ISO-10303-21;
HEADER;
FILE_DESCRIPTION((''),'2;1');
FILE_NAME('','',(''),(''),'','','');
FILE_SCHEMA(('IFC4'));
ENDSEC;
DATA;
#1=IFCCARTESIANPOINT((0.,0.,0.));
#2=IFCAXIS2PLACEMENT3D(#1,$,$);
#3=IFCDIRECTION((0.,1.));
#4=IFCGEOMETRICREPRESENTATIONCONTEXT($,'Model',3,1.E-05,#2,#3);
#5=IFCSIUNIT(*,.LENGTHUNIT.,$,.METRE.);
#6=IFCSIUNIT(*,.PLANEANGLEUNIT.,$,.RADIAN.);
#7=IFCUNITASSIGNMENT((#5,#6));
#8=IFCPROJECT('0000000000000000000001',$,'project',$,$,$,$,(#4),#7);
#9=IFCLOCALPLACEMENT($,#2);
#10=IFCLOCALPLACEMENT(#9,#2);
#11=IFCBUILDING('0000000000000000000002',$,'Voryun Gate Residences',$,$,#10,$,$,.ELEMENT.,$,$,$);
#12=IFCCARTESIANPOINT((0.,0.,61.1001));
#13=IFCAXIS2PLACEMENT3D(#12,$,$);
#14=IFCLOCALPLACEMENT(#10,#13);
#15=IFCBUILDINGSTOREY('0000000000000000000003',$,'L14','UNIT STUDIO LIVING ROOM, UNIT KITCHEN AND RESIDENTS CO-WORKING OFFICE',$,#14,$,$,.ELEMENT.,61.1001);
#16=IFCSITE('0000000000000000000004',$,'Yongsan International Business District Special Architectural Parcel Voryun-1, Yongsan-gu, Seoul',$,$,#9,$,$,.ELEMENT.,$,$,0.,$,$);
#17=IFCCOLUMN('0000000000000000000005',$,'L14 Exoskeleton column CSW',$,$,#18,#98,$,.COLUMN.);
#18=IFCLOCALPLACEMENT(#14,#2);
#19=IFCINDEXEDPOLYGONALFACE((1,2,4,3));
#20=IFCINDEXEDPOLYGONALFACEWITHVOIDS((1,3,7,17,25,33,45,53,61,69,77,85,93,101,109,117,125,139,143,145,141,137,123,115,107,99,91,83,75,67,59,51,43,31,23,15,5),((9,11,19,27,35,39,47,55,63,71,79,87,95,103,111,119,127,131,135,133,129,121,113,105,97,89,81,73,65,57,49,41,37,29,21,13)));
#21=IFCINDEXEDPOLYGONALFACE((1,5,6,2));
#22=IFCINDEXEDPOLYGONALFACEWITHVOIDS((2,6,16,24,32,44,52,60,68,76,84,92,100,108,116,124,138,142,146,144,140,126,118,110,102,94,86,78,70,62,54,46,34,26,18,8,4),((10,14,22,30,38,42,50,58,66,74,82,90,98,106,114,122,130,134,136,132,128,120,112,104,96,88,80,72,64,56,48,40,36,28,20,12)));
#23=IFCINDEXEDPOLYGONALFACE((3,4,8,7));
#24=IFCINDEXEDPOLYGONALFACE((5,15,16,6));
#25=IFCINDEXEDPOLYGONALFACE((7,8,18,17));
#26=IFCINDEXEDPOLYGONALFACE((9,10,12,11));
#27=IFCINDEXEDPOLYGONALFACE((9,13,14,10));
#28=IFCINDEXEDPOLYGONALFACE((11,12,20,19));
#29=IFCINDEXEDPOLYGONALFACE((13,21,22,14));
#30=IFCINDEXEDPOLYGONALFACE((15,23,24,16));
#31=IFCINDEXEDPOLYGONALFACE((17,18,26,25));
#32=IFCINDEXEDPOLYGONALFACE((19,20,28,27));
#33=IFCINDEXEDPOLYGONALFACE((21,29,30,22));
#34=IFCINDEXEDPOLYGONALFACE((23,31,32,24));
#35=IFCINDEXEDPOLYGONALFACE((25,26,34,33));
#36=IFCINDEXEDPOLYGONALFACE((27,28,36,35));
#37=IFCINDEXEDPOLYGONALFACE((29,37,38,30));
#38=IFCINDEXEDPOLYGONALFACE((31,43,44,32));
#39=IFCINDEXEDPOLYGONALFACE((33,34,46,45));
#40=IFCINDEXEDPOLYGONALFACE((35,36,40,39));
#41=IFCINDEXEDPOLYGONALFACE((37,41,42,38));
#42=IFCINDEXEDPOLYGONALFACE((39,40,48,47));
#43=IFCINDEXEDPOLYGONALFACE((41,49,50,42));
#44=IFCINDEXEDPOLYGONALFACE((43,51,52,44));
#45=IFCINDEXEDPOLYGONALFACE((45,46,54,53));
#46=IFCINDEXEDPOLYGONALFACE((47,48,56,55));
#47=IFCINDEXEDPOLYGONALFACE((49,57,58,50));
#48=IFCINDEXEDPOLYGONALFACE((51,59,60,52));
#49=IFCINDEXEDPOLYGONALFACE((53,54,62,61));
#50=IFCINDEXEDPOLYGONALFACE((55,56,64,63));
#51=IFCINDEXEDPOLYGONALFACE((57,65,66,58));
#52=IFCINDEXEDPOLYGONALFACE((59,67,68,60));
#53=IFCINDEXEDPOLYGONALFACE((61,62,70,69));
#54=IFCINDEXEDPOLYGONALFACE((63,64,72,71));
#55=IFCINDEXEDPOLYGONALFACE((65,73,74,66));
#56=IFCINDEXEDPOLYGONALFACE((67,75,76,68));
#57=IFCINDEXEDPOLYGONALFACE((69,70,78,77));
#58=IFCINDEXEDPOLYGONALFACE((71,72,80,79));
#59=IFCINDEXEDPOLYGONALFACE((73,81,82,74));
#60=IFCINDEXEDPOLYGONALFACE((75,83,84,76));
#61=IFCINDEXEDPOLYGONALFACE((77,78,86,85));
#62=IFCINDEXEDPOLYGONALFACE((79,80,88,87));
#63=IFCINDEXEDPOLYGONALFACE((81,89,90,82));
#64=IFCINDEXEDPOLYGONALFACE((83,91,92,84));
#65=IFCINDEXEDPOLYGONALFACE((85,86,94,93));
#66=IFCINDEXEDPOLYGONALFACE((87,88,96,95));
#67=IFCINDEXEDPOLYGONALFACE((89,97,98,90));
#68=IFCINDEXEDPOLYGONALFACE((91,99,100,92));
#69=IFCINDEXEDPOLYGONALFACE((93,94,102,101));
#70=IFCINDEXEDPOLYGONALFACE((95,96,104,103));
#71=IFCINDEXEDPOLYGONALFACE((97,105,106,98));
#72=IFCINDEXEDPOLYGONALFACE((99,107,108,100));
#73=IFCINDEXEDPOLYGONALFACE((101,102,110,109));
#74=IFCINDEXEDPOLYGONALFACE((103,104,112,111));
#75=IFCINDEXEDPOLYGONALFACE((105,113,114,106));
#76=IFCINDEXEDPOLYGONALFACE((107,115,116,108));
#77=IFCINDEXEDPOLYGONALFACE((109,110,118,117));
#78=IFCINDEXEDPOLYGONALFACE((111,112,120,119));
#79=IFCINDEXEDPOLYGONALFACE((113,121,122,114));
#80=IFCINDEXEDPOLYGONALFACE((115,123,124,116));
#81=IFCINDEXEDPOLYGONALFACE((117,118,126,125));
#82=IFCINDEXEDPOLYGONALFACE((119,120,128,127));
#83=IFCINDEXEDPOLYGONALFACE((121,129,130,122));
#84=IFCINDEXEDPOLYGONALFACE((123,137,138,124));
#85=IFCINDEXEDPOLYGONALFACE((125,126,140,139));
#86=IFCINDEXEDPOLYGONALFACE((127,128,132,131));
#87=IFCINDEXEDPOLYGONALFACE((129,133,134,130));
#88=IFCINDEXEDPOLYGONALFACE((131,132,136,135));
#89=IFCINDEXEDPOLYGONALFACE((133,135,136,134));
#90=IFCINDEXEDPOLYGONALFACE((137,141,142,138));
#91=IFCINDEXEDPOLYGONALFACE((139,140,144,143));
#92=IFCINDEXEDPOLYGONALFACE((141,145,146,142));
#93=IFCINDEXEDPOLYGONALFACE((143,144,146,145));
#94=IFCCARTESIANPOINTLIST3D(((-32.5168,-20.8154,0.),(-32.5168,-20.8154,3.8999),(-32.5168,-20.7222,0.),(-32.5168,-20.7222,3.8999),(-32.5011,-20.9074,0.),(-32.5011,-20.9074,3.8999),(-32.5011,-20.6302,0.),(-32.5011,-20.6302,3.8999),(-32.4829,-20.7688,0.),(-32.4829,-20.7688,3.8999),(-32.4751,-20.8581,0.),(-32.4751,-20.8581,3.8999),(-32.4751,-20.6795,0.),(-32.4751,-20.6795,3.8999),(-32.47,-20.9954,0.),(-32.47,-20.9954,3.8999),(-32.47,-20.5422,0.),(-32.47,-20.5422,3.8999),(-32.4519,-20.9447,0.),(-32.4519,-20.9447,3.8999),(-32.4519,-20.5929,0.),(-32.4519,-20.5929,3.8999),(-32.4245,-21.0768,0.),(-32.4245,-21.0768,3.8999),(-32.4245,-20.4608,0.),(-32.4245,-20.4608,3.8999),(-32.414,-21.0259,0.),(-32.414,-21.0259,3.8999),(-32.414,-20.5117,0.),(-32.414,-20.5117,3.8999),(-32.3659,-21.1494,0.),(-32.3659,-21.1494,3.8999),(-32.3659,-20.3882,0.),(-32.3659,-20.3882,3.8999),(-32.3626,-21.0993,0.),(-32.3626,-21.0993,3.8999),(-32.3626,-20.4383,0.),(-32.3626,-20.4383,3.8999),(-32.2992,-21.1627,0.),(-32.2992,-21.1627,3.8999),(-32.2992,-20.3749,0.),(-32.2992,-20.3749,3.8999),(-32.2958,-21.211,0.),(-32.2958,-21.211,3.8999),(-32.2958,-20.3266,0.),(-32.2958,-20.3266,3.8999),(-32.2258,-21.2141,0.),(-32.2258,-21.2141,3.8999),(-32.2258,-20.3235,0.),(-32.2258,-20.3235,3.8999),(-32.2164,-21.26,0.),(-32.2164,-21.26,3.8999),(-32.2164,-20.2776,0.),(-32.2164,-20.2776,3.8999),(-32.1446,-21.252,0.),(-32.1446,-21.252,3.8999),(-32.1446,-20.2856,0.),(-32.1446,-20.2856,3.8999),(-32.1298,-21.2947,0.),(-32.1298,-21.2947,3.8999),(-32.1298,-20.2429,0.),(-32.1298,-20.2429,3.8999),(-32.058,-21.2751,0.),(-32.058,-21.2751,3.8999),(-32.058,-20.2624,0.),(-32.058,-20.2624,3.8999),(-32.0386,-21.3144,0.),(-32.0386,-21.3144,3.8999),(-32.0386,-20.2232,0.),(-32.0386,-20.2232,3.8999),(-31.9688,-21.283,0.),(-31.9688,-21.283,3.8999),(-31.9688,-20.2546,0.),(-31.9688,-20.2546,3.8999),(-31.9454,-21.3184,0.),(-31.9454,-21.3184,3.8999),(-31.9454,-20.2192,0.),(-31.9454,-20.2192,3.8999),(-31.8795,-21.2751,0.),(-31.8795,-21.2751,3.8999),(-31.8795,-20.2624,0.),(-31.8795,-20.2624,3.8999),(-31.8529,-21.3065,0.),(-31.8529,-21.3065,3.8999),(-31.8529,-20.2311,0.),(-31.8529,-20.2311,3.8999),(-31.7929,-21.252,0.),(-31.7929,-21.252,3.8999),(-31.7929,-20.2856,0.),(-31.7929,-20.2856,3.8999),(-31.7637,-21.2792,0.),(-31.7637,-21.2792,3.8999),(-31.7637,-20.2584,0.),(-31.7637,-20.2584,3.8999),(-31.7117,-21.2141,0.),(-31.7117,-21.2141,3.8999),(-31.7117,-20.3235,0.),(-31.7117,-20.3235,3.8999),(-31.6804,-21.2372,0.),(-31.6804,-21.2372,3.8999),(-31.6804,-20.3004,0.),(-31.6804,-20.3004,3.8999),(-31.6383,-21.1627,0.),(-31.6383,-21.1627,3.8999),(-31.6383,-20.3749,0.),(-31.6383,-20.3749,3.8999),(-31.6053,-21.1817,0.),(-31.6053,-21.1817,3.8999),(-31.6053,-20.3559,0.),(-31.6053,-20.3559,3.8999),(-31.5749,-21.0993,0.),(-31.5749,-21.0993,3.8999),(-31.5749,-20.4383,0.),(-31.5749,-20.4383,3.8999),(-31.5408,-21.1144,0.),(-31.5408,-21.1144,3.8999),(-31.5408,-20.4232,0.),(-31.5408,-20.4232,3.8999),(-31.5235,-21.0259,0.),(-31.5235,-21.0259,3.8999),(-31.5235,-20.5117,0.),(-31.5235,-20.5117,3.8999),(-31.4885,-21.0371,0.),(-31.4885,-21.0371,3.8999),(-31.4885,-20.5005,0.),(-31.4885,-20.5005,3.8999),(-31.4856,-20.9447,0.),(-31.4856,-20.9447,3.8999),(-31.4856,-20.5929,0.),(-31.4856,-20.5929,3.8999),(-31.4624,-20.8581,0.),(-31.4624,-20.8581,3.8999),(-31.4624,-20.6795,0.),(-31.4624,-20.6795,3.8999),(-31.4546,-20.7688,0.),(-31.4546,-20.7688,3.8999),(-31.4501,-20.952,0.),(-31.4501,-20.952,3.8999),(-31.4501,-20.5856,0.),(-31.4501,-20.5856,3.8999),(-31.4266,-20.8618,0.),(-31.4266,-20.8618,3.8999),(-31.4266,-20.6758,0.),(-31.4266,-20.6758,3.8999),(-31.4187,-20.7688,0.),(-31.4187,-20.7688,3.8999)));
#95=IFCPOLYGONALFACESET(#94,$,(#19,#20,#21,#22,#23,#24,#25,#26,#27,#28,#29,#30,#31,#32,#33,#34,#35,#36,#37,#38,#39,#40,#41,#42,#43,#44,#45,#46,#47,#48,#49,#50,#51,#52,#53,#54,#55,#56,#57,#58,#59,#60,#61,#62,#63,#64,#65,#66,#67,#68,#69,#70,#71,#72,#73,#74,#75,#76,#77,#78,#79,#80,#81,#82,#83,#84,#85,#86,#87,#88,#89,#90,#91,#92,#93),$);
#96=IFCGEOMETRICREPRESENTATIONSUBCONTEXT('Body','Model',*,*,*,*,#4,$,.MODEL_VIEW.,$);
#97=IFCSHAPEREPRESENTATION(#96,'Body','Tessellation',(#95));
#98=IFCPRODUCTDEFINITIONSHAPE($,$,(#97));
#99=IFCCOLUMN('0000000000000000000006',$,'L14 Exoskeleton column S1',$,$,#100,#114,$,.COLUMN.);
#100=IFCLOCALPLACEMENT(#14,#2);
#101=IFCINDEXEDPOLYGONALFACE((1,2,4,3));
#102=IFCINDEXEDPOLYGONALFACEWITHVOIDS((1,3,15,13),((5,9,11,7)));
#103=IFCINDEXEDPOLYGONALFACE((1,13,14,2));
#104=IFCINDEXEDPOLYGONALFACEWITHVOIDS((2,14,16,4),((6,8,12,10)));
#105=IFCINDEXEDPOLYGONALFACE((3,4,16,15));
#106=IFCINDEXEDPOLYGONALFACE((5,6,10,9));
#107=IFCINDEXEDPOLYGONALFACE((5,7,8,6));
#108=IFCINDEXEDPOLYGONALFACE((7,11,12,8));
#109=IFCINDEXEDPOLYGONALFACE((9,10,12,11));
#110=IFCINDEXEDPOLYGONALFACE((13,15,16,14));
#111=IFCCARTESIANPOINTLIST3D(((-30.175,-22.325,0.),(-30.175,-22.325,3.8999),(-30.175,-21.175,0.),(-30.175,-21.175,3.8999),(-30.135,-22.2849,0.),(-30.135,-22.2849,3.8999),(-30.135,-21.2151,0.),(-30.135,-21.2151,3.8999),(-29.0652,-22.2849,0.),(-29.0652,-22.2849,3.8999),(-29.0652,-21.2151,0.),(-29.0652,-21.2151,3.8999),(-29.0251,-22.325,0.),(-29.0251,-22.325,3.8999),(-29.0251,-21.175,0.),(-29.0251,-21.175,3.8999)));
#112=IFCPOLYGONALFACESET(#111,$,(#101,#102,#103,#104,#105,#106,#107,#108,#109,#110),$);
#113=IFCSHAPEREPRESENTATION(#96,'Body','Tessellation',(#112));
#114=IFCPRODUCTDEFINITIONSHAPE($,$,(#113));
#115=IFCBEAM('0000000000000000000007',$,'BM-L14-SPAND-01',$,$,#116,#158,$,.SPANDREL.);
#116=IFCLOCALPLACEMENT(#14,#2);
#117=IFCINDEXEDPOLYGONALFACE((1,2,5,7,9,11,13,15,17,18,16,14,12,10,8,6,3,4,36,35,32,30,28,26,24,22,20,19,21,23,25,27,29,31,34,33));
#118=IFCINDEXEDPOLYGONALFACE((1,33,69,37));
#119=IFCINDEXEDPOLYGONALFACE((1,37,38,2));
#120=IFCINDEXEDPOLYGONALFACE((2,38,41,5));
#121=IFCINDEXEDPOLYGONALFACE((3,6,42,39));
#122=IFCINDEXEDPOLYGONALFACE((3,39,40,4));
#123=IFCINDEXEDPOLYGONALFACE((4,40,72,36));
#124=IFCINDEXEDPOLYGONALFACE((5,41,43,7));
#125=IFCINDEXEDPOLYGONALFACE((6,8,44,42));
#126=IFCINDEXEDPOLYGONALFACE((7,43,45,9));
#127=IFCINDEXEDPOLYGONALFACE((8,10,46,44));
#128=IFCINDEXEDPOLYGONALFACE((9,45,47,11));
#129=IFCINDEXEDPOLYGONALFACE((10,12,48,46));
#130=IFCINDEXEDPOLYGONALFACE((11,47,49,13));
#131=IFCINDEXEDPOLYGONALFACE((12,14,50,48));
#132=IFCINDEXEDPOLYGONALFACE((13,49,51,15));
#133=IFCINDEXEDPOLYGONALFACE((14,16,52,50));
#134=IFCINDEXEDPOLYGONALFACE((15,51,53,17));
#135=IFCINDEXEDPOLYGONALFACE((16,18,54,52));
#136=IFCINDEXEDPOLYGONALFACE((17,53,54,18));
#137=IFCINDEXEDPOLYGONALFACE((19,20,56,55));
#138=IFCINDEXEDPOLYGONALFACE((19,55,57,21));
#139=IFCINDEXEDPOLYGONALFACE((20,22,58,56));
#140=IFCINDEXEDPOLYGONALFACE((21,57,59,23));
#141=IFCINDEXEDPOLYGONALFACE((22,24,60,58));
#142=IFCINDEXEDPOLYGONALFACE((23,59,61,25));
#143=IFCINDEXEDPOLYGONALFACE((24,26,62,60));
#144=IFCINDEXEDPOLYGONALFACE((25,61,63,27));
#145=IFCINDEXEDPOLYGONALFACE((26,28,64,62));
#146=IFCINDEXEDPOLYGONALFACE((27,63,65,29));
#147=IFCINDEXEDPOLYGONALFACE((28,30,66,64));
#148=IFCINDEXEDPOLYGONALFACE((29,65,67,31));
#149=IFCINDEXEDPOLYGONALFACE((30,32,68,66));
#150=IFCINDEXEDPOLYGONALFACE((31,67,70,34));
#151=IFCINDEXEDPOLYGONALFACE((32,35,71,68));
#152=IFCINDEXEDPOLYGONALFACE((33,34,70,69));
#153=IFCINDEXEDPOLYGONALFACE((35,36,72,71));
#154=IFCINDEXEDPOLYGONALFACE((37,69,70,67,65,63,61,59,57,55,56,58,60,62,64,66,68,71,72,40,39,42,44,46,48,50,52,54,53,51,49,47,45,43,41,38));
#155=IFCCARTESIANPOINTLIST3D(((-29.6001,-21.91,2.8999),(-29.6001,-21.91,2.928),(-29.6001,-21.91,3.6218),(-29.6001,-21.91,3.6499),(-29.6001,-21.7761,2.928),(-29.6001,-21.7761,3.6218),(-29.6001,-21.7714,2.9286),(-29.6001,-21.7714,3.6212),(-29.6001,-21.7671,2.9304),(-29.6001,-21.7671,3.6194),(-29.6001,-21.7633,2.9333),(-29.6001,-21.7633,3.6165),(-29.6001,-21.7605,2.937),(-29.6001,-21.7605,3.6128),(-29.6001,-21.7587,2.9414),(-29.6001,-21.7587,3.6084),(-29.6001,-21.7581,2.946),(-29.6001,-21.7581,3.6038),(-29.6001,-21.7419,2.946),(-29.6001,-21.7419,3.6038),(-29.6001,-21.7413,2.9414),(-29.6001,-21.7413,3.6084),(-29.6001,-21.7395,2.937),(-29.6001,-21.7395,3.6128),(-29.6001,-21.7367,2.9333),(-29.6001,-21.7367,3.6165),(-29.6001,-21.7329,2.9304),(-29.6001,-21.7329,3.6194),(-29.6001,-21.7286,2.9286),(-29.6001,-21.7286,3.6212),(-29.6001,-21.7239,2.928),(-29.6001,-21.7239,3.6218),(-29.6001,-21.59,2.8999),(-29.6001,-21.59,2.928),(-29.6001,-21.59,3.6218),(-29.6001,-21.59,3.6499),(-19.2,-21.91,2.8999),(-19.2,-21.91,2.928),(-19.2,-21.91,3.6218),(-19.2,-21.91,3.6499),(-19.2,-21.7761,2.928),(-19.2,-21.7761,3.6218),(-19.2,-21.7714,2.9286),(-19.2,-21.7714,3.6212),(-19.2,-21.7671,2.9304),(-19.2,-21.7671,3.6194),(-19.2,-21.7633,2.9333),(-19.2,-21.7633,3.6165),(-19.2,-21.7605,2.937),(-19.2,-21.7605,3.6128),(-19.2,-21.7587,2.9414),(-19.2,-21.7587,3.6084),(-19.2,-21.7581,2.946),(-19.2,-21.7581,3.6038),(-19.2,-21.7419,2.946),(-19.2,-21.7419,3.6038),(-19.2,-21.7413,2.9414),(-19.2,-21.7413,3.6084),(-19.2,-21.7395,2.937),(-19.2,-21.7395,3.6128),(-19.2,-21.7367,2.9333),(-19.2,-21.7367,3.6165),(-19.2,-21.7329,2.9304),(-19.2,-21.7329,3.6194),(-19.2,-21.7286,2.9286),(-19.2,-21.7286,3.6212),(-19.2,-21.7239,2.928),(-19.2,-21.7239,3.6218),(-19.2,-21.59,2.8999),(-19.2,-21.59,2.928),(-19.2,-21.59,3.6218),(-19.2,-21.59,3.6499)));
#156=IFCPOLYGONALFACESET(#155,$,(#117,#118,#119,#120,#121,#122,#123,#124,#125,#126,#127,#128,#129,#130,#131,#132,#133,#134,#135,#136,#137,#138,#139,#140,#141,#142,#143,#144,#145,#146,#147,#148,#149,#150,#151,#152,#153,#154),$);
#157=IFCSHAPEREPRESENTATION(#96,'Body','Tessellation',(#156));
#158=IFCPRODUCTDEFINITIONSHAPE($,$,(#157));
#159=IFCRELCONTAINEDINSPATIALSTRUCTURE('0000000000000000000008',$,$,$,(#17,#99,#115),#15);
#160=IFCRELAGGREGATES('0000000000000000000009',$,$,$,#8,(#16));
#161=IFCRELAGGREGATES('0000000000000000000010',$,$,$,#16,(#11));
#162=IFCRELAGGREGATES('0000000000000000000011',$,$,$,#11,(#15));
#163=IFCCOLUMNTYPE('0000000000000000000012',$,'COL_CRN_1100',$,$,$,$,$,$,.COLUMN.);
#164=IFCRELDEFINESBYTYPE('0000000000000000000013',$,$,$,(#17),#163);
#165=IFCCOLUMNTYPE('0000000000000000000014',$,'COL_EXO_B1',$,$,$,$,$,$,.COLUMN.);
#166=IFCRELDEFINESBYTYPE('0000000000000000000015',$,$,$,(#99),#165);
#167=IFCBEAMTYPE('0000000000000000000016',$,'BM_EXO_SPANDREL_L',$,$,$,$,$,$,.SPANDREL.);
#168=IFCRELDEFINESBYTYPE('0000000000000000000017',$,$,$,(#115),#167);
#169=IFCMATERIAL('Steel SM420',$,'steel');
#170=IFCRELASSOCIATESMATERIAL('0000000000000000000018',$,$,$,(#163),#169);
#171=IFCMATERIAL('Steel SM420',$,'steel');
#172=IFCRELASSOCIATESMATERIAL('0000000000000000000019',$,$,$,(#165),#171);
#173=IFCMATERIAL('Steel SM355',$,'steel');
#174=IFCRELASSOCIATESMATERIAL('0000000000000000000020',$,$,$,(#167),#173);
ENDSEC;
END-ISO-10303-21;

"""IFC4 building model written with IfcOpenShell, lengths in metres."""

from ifc_helpers import new_model, si_unit, direction, frame, origin, origin_2d, place, context, subcontext, project, spatial, hollow_rectangle, hollow_circle, i_section, extrude, material, material_profile, profile_set, type_object, element, save


model = new_model("IFC4")

# Units and contexts
model_context = context("Model", 3, precision=1e-05, world=origin(), true_north=direction((0.0, 1.0)))
body_context = subcontext(model_context, "Body", "Model", "MODEL_VIEW")
ifc_project = project(units=[si_unit("LENGTHUNIT", "METRE"), si_unit("PLANEANGLEUNIT", "RADIAN")], contexts=[model_context])

# Site, building, storey
site_placement = place(None, origin())
site = spatial("IfcSite", under=ifc_project, at=site_placement, Name="Yongsan International Business District Special Architectural Parcel Voryun-1, Yongsan-gu, Seoul", CompositionType="ELEMENT", RefElevation=0.0)
building_placement = place(site_placement, origin())
building = spatial("IfcBuilding", under=site, at=building_placement, Name="Voryun Gate Residences", CompositionType="ELEMENT")
storey_placement = place(building_placement, frame((0.0, 0.0, 61.1001)))
storey = spatial("IfcBuildingStorey", under=building, at=storey_placement, Name="L14", Description="UNIT STUDIO LIVING ROOM, UNIT KITCHEN AND RESIDENTS CO-WORKING OFFICE", CompositionType="ELEMENT", Elevation=61.1001)

# Columns
ifc_material_1 = material(Name="Steel SM420", Category="steel")
ifc_material_profile_1 = material_profile(ifc_material_1, hollow_circle(Radius=0.55, WallThickness=0.0359, at=origin_2d()), Name="CHS-1100x36")
ifc_profile_set_1 = profile_set([ifc_material_profile_1], Name="Steel SM420")
column_type_1 = type_object("IfcColumnType", Name="COL_CRN_1100", PredefinedType="COLUMN", material=ifc_profile_set_1)
column_1_placement = place(storey_placement, frame((-31.9688, -20.7688, 0.0), z_axis=(0.0, 0.0, 1.0), x_axis=(1.0, 0.0, 0.0)))
element("IfcColumn", 1, at=column_1_placement, inside=storey, type_object=column_type_1, Name="L14 Exoskeleton column CSW", PredefinedType="COLUMN", context=body_context, shape_type="SweptSolid", body=[
    extrude(hollow_circle(Radius=0.55, WallThickness=0.0359, at=origin_2d()), origin(), (0.0, 0.0, 1.0), 3.8999),
])
ifc_material_2 = material(Name="Steel SM420", Category="steel")
ifc_material_profile_2 = material_profile(ifc_material_2, hollow_rectangle(XDim=1.1499, YDim=1.1499, WallThickness=0.04, at=origin_2d()), Name="BOX-1150x1150x40")
ifc_profile_set_2 = profile_set([ifc_material_profile_2], Name="Steel SM420")
column_type_2 = type_object("IfcColumnType", Name="COL_EXO_B1", PredefinedType="COLUMN", material=ifc_profile_set_2)
column_2_placement = place(storey_placement, frame((-29.6001, -21.75, 0.0), z_axis=(0.0, 0.0, 1.0), x_axis=(1.0, 0.0, 0.0)))
element("IfcColumn", 2, at=column_2_placement, inside=storey, type_object=column_type_2, Name="L14 Exoskeleton column S1", PredefinedType="COLUMN", context=body_context, shape_type="SweptSolid", body=[
    extrude(hollow_rectangle(XDim=1.1499, YDim=1.1499, WallThickness=0.04, at=origin_2d()), origin(), (0.0, 0.0, 1.0), 3.8999),
])

# Beam
ifc_material_3 = material(Name="Steel SM355", Category="steel")
ifc_material_profile_3 = material_profile(ifc_material_3, i_section(OverallWidth=0.3201, OverallDepth=0.75, WebThickness=0.0161, FlangeThickness=0.0281, FilletRadius=0.0181, at=origin_2d()), Name="H-750x320x16x28")
ifc_profile_set_3 = profile_set([ifc_material_profile_3], Name="Steel SM355")
beam_type = type_object("IfcBeamType", Name="BM_EXO_SPANDREL_L", PredefinedType="SPANDREL", material=ifc_profile_set_3)
beam_1_placement = place(storey_placement, frame((-29.6001, -21.75, 3.2749), z_axis=(1.0, 0.0, 0.0), x_axis=(0.0, 1.0, 0.0)))
element("IfcBeam", 3, at=beam_1_placement, inside=storey, type_object=beam_type, Name="BM-L14-SPAND-01", PredefinedType="SPANDREL", context=body_context, shape_type="SweptSolid", body=[
    extrude(i_section(OverallWidth=0.3201, OverallDepth=0.75, WebThickness=0.0161, FlangeThickness=0.0281, FilletRadius=0.0181, at=origin_2d()), origin(), (0.0, 0.0, 1.0), 10.4001),
])

save(model, "model.ifc")
